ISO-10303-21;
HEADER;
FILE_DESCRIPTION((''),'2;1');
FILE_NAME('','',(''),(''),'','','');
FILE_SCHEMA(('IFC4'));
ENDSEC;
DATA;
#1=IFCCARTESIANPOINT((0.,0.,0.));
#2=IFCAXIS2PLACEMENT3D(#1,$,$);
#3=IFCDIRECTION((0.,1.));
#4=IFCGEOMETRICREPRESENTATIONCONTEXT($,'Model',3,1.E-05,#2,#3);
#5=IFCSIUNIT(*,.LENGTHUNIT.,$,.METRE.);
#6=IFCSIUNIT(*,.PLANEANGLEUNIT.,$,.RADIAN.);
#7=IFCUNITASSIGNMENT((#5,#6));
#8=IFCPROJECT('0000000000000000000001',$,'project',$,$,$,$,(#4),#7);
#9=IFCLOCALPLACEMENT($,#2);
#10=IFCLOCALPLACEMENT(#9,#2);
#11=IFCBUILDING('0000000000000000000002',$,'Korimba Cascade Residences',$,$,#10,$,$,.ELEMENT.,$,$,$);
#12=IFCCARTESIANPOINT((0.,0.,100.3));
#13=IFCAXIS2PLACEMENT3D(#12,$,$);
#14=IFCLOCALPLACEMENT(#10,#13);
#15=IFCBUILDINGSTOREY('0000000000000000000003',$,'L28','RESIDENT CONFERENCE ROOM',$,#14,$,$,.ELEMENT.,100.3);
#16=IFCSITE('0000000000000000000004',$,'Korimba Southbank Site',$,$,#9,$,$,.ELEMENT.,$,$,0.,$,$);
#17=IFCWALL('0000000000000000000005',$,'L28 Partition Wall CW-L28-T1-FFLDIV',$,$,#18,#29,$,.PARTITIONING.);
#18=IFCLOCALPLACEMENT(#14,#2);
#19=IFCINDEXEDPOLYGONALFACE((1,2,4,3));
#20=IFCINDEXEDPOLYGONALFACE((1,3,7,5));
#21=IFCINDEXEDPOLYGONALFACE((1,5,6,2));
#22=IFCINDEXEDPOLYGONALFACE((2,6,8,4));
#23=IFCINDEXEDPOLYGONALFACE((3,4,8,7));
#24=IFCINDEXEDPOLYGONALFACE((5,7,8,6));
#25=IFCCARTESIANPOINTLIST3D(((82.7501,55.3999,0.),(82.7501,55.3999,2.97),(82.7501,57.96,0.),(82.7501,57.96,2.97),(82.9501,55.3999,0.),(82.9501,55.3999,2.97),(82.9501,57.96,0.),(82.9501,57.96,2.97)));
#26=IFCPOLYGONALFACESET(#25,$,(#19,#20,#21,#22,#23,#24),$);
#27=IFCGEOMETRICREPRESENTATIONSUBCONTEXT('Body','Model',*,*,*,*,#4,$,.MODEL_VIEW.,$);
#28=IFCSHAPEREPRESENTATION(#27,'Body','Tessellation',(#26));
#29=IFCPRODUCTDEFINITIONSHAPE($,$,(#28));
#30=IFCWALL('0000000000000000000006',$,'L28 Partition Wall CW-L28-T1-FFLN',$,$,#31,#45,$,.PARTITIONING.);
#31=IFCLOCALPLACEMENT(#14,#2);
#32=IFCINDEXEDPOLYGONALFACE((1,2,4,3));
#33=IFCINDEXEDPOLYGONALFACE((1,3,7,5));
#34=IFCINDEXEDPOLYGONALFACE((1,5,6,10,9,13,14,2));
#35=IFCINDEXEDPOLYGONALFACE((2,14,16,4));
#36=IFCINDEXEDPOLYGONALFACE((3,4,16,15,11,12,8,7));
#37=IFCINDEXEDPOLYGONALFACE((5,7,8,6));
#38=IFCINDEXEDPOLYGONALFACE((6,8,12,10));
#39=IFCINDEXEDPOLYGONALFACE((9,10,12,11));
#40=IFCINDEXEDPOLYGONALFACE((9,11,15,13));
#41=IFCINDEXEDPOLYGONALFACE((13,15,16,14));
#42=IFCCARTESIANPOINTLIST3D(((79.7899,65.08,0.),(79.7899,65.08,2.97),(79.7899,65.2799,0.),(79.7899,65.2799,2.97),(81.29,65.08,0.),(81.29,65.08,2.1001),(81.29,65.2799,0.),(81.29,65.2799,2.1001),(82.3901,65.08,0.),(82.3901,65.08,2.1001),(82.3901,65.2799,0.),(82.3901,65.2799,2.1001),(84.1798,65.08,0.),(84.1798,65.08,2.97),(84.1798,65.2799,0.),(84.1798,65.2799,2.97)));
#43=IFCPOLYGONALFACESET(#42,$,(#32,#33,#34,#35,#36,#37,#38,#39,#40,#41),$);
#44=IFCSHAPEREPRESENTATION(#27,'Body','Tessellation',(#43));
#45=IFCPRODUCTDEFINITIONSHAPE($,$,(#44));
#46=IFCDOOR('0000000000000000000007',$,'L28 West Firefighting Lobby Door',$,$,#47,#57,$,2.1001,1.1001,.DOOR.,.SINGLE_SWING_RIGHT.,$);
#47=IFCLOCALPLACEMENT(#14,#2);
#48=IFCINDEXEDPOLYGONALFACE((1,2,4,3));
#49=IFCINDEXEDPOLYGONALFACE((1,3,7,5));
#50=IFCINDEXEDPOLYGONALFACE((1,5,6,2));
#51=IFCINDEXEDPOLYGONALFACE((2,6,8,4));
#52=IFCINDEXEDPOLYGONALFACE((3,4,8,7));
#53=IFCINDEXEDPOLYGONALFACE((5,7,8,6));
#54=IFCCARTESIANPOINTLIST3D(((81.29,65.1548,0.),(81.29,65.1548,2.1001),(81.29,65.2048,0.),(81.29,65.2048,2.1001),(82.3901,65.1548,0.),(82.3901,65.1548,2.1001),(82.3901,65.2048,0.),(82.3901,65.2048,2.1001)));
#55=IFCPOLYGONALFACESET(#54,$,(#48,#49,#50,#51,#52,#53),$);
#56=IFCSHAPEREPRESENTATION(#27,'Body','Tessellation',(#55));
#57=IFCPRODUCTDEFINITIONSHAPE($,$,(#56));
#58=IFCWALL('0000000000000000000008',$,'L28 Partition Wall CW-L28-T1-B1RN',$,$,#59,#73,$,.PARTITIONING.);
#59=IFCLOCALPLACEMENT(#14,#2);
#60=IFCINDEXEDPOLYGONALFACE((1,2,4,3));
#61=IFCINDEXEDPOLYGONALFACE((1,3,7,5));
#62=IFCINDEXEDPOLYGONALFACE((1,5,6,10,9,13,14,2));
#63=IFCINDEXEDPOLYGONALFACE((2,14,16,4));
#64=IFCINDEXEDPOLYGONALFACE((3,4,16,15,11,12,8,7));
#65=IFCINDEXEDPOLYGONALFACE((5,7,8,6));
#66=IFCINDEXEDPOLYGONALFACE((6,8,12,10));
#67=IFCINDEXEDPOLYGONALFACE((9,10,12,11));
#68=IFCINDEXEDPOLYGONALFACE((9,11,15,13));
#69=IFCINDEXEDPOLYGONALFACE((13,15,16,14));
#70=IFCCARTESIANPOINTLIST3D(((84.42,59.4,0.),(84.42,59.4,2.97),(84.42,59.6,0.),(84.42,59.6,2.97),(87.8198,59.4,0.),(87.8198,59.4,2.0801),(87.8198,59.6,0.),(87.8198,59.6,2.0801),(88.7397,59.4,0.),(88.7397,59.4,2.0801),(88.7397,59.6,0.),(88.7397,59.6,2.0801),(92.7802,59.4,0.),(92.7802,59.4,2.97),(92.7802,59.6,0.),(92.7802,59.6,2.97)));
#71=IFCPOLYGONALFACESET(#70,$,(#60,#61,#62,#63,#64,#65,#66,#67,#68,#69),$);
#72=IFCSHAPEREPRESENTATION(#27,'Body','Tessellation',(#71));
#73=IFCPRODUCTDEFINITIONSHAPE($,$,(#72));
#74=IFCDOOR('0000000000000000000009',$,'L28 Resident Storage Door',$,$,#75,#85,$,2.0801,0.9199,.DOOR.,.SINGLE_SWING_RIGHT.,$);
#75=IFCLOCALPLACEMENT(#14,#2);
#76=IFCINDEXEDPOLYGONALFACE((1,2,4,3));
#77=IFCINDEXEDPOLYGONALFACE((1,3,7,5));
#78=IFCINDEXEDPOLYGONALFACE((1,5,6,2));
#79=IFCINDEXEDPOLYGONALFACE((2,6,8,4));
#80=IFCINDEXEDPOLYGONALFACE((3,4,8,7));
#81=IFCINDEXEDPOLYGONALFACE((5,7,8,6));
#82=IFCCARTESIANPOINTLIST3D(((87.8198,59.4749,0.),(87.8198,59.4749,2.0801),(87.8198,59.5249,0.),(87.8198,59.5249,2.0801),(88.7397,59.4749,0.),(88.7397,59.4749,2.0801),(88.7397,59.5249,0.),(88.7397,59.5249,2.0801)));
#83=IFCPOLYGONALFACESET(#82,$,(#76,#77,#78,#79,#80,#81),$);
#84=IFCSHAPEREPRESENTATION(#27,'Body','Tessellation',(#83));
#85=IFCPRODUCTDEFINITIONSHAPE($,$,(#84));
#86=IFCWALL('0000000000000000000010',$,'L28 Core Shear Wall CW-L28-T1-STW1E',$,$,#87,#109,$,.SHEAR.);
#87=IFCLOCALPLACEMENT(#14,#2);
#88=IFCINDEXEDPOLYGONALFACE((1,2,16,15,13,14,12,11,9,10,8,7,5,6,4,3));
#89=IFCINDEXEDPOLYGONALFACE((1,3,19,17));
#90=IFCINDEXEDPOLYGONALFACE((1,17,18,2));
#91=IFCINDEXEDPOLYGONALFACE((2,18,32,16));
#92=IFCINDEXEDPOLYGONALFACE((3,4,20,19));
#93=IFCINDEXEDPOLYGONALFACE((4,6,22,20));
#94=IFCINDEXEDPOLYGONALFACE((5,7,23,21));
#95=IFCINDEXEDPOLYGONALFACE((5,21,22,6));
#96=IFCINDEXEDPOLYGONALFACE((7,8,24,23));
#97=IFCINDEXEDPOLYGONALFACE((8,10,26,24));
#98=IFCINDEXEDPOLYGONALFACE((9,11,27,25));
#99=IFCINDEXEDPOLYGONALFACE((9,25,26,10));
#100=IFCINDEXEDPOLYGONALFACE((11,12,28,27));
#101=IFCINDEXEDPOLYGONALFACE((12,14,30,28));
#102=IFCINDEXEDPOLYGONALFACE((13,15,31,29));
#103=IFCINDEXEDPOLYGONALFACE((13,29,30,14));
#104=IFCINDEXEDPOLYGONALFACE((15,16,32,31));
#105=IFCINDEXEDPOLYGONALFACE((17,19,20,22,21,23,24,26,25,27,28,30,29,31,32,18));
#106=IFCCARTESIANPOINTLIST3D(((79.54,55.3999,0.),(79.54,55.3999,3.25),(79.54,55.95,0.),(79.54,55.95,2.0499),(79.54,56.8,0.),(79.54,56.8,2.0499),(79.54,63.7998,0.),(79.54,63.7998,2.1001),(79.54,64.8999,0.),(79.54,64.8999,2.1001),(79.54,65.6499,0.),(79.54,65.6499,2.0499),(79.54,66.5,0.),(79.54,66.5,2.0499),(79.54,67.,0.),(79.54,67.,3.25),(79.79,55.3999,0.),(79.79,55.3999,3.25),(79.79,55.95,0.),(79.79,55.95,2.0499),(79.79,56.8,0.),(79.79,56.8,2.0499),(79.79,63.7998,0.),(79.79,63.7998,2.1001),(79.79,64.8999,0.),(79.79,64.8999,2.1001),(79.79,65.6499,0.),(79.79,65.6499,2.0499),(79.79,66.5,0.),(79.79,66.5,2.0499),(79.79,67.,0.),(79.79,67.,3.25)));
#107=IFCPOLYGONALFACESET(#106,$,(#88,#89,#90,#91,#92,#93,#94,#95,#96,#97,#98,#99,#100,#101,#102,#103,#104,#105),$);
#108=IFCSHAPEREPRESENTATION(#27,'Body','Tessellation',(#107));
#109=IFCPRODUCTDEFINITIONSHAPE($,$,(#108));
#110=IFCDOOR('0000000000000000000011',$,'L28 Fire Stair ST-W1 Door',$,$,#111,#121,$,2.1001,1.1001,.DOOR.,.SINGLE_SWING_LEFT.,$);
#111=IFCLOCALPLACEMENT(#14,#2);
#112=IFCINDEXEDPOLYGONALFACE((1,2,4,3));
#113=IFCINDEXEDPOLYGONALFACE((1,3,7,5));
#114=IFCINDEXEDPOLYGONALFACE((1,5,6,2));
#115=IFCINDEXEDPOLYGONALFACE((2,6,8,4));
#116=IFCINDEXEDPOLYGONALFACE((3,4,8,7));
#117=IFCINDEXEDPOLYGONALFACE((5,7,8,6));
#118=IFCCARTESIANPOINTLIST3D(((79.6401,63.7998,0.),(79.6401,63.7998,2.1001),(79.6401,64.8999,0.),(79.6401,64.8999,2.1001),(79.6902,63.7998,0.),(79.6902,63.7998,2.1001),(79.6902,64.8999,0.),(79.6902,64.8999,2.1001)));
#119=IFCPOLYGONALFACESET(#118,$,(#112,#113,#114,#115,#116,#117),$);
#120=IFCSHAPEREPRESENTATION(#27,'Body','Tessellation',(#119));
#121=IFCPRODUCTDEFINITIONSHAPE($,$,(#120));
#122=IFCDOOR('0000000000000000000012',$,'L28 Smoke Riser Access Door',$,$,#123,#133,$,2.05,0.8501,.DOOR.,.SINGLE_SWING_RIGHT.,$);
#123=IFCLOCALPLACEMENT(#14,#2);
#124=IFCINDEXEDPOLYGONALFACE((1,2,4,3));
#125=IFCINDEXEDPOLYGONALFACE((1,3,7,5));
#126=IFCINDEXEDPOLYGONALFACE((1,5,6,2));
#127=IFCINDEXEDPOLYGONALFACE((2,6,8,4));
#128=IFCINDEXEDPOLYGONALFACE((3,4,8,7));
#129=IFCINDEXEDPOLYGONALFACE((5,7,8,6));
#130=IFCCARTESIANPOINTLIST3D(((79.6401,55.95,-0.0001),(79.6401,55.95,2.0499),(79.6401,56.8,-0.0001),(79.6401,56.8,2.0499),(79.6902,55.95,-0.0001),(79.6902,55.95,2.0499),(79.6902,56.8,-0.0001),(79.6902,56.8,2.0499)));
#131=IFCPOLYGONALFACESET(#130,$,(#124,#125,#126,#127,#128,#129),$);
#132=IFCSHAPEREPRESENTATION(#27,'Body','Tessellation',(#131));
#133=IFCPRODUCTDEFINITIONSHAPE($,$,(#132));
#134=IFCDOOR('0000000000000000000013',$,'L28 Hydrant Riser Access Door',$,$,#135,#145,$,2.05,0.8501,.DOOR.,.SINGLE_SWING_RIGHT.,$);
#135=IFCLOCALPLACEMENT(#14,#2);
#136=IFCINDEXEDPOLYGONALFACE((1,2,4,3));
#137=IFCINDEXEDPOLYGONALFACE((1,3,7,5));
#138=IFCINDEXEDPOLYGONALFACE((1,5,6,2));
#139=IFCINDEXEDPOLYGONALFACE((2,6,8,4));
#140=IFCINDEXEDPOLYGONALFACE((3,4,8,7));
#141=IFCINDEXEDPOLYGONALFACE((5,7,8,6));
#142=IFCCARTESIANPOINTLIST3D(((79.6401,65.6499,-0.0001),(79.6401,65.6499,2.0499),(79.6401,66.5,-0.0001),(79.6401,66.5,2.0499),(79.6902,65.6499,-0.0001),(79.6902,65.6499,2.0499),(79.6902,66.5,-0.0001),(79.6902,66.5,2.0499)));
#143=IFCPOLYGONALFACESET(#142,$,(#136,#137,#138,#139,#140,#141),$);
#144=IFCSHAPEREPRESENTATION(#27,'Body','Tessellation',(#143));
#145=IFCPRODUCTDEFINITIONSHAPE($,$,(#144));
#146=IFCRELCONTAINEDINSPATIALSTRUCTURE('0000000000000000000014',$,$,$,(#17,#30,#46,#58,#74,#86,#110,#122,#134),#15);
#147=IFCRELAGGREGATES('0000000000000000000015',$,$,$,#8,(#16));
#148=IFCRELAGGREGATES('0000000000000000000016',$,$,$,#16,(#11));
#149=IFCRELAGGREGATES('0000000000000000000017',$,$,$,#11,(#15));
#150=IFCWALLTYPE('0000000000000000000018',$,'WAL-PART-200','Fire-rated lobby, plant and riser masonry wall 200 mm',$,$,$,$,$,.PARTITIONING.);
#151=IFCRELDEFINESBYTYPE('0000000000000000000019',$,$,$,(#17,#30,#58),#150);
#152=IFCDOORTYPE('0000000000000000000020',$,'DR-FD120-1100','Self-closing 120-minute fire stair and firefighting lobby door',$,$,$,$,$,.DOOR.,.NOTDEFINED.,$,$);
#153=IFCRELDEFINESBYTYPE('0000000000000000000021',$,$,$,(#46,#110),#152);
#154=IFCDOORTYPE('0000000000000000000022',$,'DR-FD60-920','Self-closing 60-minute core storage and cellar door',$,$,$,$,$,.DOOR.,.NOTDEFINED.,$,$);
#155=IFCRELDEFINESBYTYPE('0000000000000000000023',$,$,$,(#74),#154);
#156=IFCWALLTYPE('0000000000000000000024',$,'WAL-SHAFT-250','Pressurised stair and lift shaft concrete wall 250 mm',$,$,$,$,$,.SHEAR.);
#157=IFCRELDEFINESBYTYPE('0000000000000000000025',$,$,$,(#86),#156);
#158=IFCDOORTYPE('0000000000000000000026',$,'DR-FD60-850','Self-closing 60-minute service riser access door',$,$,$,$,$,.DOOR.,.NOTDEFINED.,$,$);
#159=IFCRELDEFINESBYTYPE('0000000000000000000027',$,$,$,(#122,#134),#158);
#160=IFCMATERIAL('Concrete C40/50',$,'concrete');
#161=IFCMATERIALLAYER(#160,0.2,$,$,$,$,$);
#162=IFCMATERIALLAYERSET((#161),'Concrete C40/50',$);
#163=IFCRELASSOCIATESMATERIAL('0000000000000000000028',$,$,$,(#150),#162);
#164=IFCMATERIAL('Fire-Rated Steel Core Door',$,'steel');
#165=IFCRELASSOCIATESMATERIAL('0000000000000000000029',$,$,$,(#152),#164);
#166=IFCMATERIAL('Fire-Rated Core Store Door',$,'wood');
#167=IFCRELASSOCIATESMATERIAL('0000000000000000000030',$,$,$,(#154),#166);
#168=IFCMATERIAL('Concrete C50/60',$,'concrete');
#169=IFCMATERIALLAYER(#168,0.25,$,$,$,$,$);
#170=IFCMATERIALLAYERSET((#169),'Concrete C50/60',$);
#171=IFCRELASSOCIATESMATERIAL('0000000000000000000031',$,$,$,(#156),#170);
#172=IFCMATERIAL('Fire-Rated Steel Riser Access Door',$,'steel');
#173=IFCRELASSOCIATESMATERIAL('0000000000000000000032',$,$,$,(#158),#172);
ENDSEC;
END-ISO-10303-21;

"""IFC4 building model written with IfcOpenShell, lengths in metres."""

from ifc_helpers import new_model, si_unit, direction, frame, frame_2d, origin, place, context, subcontext, project, spatial, rectangle, extrude, material, layer, layer_set, type_object, element, fill, save


model = new_model("IFC4")

# Units and contexts
model_context = context("Model", 3, precision=1e-05, world=origin(), true_north=direction((0.0, 1.0)))
body_context = subcontext(model_context, "Body", "Model", "MODEL_VIEW")
ifc_project = project(units=[si_unit("LENGTHUNIT", "METRE"), si_unit("PLANEANGLEUNIT", "RADIAN")], contexts=[model_context])

# Site, building, storey
site_placement = place(None, origin())
site = spatial("IfcSite", under=ifc_project, at=site_placement, Name="Korimba Southbank Site", CompositionType="ELEMENT", RefElevation=0.0)
building_placement = place(site_placement, origin())
building = spatial("IfcBuilding", under=site, at=building_placement, Name="Korimba Cascade Residences", CompositionType="ELEMENT")
storey_placement = place(building_placement, frame((0.0, 0.0, 100.3)))
storey = spatial("IfcBuildingStorey", under=building, at=storey_placement, Name="L28", Description="RESIDENT CONFERENCE ROOM", CompositionType="ELEMENT", Elevation=100.3)

# Wall
ifc_material_1 = material(Name="Concrete C40/50", Category="concrete")
ifc_layer_1 = layer(ifc_material_1, 0.2)
ifc_layer_set_1 = layer_set([ifc_layer_1], Name="Concrete C40/50")
wall_type_1 = type_object("IfcWallType", Name="WAL-PART-200", Description="Fire-rated lobby, plant and riser masonry wall 200 mm", PredefinedType="PARTITIONING", material=ifc_layer_set_1)
wall_1_placement = place(storey_placement, frame((82.8501, 55.3999, 0.0), z_axis=(0.0, 0.0, 1.0), x_axis=(0.0, 1.0, 0.0)))
element("IfcWall", 1, at=wall_1_placement, inside=storey, type_object=wall_type_1, Name="L28 Partition Wall CW-L28-T1-FFLDIV", PredefinedType="PARTITIONING", context=body_context, shape_type="SweptSolid", body=[
    extrude(rectangle(XDim=2.5601, YDim=0.2, at=frame_2d((1.28, 0.0))), origin(), (0.0, 0.0, 1.0), 2.97),
])

# Walls, openings, doors
wall_2_placement = place(storey_placement, frame((79.79, 65.1799, 0.0), z_axis=(0.0, 0.0, 1.0), x_axis=(1.0, 0.0, 0.0)))
wall_2 = element("IfcWall", 2, at=wall_2_placement, inside=storey, type_object=wall_type_1, Name="L28 Partition Wall CW-L28-T1-FFLN", PredefinedType="PARTITIONING", context=body_context, shape_type="SweptSolid", body=[
    extrude(rectangle(XDim=4.3899, YDim=0.2, at=frame_2d((2.1948, 0.0))), origin(), (0.0, 0.0, 1.0), 2.97),
])
opening_1_placement = place(wall_2_placement, frame((1.5, 0.0, 0.0)))
opening_1 = element("IfcOpeningElement", 3, at=opening_1_placement, cuts=wall_2, PredefinedType="OPENING", context=body_context, shape_type="SweptSolid", body=[
    extrude(rectangle(XDim=1.1001, YDim=2.1001, at=frame_2d((0.55, 1.05))), frame((0.0, 0.1099, 0.0), z_axis=(0.0, -1.0, 0.0), x_axis=(1.0, 0.0, 0.0)), (0.0, 0.0, 1.0), 0.22),
])
ifc_material_2 = material(Name="Fire-Rated Steel Core Door", Category="steel")
door_type_1 = type_object("IfcDoorType", Name="DR-FD120-1100", Description="Self-closing 120-minute fire stair and firefighting lobby door", OperationType="NOTDEFINED", PredefinedType="DOOR", material=ifc_material_2)
door_1_placement = place(opening_1_placement, origin())
door_1 = element("IfcDoor", 4, at=door_1_placement, inside=storey, type_object=door_type_1, Name="L28 West Firefighting Lobby Door", OperationType="SINGLE_SWING_RIGHT", OverallHeight=2.1001, OverallWidth=1.1001, PredefinedType="DOOR", context=body_context, shape_type="SweptSolid", body=[
    extrude(rectangle(XDim=1.1001, YDim=2.1001, at=frame_2d((0.55, 1.05))), frame((0.0, 0.0249, 0.0), z_axis=(0.0, -1.0, 0.0), x_axis=(1.0, 0.0, 0.0)), (0.0, 0.0, 1.0), 0.05),
])
fill(opening_1, door_1)
wall_3_placement = place(storey_placement, frame((84.4199, 59.5, 0.0), z_axis=(0.0, 0.0, 1.0), x_axis=(1.0, 0.0, 0.0)))
wall_3 = element("IfcWall", 5, at=wall_3_placement, inside=storey, type_object=wall_type_1, Name="L28 Partition Wall CW-L28-T1-B1RN", PredefinedType="PARTITIONING", context=body_context, shape_type="SweptSolid", body=[
    extrude(rectangle(XDim=8.3601, YDim=0.2, at=frame_2d((4.1802, 0.0))), origin(), (0.0, 0.0, 1.0), 2.97),
])
opening_2_placement = place(wall_3_placement, frame((3.3999, 0.0, 0.0)))
opening_2 = element("IfcOpeningElement", 6, at=opening_2_placement, cuts=wall_3, PredefinedType="OPENING", context=body_context, shape_type="SweptSolid", body=[
    extrude(rectangle(XDim=0.9199, YDim=2.0801, at=frame_2d((0.46, 1.04))), frame((0.0, 0.1099, 0.0), z_axis=(0.0, -1.0, 0.0), x_axis=(1.0, 0.0, 0.0)), (0.0, 0.0, 1.0), 0.22),
])
ifc_material_3 = material(Name="Fire-Rated Core Store Door", Category="wood")
door_type_2 = type_object("IfcDoorType", Name="DR-FD60-920", Description="Self-closing 60-minute core storage and cellar door", OperationType="NOTDEFINED", PredefinedType="DOOR", material=ifc_material_3)
door_2_placement = place(opening_2_placement, origin())
door_2 = element("IfcDoor", 7, at=door_2_placement, inside=storey, type_object=door_type_2, Name="L28 Resident Storage Door", OperationType="SINGLE_SWING_RIGHT", OverallHeight=2.0801, OverallWidth=0.9199, PredefinedType="DOOR", context=body_context, shape_type="SweptSolid", body=[
    extrude(rectangle(XDim=0.9199, YDim=2.0801, at=frame_2d((0.46, 1.04))), frame((0.0, 0.0249, 0.0), z_axis=(0.0, -1.0, 0.0), x_axis=(1.0, 0.0, 0.0)), (0.0, 0.0, 1.0), 0.05),
])
fill(opening_2, door_2)

# Wall, openings, doors
ifc_material_4 = material(Name="Concrete C50/60", Category="concrete")
ifc_layer_2 = layer(ifc_material_4, 0.25)
ifc_layer_set_2 = layer_set([ifc_layer_2], Name="Concrete C50/60")
wall_type_2 = type_object("IfcWallType", Name="WAL-SHAFT-250", Description="Pressurised stair and lift shaft concrete wall 250 mm", PredefinedType="SHEAR", material=ifc_layer_set_2)
wall_4_placement = place(storey_placement, frame((79.665, 55.3999, 0.0), z_axis=(0.0, 0.0, 1.0), x_axis=(0.0, 1.0, 0.0)))
wall_4 = element("IfcWall", 8, at=wall_4_placement, inside=storey, type_object=wall_type_2, Name="L28 Core Shear Wall CW-L28-T1-STW1E", PredefinedType="SHEAR", context=body_context, shape_type="SweptSolid", body=[
    extrude(rectangle(XDim=11.6001, YDim=0.25, at=frame_2d((5.8, 0.0))), origin(), (0.0, 0.0, 1.0), 3.25),
])
opening_3_placement = place(wall_4_placement, frame((0.55, 0.0, 0.0)))
opening_3 = element("IfcOpeningElement", 9, at=opening_3_placement, cuts=wall_4, PredefinedType="OPENING", context=body_context, shape_type="SweptSolid", body=[
    extrude(rectangle(XDim=0.8501, YDim=2.05, at=frame_2d((0.425, 1.0249))), frame((0.0, 0.135, 0.0), z_axis=(0.0, -1.0, 0.0), x_axis=(1.0, 0.0, 0.0)), (0.0, 0.0, 1.0), 0.27),
])
opening_4_placement = place(wall_4_placement, frame((8.3999, 0.0, 0.0)))
opening_4 = element("IfcOpeningElement", 10, at=opening_4_placement, cuts=wall_4, PredefinedType="OPENING", context=body_context, shape_type="SweptSolid", body=[
    extrude(rectangle(XDim=1.1001, YDim=2.1001, at=frame_2d((0.55, 1.05))), frame((0.0, 0.135, 0.0), z_axis=(0.0, -1.0, 0.0), x_axis=(1.0, 0.0, 0.0)), (0.0, 0.0, 1.0), 0.27),
])
opening_5_placement = place(wall_4_placement, frame((10.25, 0.0, 0.0)))
opening_5 = element("IfcOpeningElement", 11, at=opening_5_placement, cuts=wall_4, PredefinedType="OPENING", context=body_context, shape_type="SweptSolid", body=[
    extrude(rectangle(XDim=0.8501, YDim=2.05, at=frame_2d((0.425, 1.0249))), frame((0.0, 0.135, 0.0), z_axis=(0.0, -1.0, 0.0), x_axis=(1.0, 0.0, 0.0)), (0.0, 0.0, 1.0), 0.27),
])
door_3_placement = place(opening_4_placement, origin())
door_3 = element("IfcDoor", 12, at=door_3_placement, inside=storey, type_object=door_type_1, Name="L28 Fire Stair ST-W1 Door", OperationType="SINGLE_SWING_LEFT", OverallHeight=2.1001, OverallWidth=1.1001, PredefinedType="DOOR", context=body_context, shape_type="SweptSolid", body=[
    extrude(rectangle(XDim=1.1001, YDim=2.1001, at=frame_2d((0.55, 1.05))), frame((0.0, 0.0249, 0.0), z_axis=(0.0, -1.0, 0.0), x_axis=(1.0, 0.0, 0.0)), (0.0, 0.0, 1.0), 0.05),
])
fill(opening_4, door_3)
ifc_material_5 = material(Name="Fire-Rated Steel Riser Access Door", Category="steel")
door_type_3 = type_object("IfcDoorType", Name="DR-FD60-850", Description="Self-closing 60-minute service riser access door", OperationType="NOTDEFINED", PredefinedType="DOOR", material=ifc_material_5)
door_4_placement = place(opening_3_placement, origin())
door_4 = element("IfcDoor", 13, at=door_4_placement, inside=storey, type_object=door_type_3, Name="L28 Smoke Riser Access Door", OperationType="SINGLE_SWING_RIGHT", OverallHeight=2.05, OverallWidth=0.8501, PredefinedType="DOOR", context=body_context, shape_type="SweptSolid", body=[
    extrude(rectangle(XDim=0.8501, YDim=2.05, at=frame_2d((0.425, 1.0249))), frame((0.0, 0.0249, 0.0), z_axis=(0.0, -1.0, 0.0), x_axis=(1.0, 0.0, 0.0)), (0.0, 0.0, 1.0), 0.05),
])
fill(opening_3, door_4)
door_5_placement = place(opening_5_placement, origin())
door_5 = element("IfcDoor", 14, at=door_5_placement, inside=storey, type_object=door_type_3, Name="L28 Hydrant Riser Access Door", OperationType="SINGLE_SWING_RIGHT", OverallHeight=2.05, OverallWidth=0.8501, PredefinedType="DOOR", context=body_context, shape_type="SweptSolid", body=[
    extrude(rectangle(XDim=0.8501, YDim=2.05, at=frame_2d((0.425, 1.0249))), frame((0.0, 0.0249, 0.0), z_axis=(0.0, -1.0, 0.0), x_axis=(1.0, 0.0, 0.0)), (0.0, 0.0, 1.0), 0.05),
])
fill(opening_5, door_5)

save(model, "model.ifc")
